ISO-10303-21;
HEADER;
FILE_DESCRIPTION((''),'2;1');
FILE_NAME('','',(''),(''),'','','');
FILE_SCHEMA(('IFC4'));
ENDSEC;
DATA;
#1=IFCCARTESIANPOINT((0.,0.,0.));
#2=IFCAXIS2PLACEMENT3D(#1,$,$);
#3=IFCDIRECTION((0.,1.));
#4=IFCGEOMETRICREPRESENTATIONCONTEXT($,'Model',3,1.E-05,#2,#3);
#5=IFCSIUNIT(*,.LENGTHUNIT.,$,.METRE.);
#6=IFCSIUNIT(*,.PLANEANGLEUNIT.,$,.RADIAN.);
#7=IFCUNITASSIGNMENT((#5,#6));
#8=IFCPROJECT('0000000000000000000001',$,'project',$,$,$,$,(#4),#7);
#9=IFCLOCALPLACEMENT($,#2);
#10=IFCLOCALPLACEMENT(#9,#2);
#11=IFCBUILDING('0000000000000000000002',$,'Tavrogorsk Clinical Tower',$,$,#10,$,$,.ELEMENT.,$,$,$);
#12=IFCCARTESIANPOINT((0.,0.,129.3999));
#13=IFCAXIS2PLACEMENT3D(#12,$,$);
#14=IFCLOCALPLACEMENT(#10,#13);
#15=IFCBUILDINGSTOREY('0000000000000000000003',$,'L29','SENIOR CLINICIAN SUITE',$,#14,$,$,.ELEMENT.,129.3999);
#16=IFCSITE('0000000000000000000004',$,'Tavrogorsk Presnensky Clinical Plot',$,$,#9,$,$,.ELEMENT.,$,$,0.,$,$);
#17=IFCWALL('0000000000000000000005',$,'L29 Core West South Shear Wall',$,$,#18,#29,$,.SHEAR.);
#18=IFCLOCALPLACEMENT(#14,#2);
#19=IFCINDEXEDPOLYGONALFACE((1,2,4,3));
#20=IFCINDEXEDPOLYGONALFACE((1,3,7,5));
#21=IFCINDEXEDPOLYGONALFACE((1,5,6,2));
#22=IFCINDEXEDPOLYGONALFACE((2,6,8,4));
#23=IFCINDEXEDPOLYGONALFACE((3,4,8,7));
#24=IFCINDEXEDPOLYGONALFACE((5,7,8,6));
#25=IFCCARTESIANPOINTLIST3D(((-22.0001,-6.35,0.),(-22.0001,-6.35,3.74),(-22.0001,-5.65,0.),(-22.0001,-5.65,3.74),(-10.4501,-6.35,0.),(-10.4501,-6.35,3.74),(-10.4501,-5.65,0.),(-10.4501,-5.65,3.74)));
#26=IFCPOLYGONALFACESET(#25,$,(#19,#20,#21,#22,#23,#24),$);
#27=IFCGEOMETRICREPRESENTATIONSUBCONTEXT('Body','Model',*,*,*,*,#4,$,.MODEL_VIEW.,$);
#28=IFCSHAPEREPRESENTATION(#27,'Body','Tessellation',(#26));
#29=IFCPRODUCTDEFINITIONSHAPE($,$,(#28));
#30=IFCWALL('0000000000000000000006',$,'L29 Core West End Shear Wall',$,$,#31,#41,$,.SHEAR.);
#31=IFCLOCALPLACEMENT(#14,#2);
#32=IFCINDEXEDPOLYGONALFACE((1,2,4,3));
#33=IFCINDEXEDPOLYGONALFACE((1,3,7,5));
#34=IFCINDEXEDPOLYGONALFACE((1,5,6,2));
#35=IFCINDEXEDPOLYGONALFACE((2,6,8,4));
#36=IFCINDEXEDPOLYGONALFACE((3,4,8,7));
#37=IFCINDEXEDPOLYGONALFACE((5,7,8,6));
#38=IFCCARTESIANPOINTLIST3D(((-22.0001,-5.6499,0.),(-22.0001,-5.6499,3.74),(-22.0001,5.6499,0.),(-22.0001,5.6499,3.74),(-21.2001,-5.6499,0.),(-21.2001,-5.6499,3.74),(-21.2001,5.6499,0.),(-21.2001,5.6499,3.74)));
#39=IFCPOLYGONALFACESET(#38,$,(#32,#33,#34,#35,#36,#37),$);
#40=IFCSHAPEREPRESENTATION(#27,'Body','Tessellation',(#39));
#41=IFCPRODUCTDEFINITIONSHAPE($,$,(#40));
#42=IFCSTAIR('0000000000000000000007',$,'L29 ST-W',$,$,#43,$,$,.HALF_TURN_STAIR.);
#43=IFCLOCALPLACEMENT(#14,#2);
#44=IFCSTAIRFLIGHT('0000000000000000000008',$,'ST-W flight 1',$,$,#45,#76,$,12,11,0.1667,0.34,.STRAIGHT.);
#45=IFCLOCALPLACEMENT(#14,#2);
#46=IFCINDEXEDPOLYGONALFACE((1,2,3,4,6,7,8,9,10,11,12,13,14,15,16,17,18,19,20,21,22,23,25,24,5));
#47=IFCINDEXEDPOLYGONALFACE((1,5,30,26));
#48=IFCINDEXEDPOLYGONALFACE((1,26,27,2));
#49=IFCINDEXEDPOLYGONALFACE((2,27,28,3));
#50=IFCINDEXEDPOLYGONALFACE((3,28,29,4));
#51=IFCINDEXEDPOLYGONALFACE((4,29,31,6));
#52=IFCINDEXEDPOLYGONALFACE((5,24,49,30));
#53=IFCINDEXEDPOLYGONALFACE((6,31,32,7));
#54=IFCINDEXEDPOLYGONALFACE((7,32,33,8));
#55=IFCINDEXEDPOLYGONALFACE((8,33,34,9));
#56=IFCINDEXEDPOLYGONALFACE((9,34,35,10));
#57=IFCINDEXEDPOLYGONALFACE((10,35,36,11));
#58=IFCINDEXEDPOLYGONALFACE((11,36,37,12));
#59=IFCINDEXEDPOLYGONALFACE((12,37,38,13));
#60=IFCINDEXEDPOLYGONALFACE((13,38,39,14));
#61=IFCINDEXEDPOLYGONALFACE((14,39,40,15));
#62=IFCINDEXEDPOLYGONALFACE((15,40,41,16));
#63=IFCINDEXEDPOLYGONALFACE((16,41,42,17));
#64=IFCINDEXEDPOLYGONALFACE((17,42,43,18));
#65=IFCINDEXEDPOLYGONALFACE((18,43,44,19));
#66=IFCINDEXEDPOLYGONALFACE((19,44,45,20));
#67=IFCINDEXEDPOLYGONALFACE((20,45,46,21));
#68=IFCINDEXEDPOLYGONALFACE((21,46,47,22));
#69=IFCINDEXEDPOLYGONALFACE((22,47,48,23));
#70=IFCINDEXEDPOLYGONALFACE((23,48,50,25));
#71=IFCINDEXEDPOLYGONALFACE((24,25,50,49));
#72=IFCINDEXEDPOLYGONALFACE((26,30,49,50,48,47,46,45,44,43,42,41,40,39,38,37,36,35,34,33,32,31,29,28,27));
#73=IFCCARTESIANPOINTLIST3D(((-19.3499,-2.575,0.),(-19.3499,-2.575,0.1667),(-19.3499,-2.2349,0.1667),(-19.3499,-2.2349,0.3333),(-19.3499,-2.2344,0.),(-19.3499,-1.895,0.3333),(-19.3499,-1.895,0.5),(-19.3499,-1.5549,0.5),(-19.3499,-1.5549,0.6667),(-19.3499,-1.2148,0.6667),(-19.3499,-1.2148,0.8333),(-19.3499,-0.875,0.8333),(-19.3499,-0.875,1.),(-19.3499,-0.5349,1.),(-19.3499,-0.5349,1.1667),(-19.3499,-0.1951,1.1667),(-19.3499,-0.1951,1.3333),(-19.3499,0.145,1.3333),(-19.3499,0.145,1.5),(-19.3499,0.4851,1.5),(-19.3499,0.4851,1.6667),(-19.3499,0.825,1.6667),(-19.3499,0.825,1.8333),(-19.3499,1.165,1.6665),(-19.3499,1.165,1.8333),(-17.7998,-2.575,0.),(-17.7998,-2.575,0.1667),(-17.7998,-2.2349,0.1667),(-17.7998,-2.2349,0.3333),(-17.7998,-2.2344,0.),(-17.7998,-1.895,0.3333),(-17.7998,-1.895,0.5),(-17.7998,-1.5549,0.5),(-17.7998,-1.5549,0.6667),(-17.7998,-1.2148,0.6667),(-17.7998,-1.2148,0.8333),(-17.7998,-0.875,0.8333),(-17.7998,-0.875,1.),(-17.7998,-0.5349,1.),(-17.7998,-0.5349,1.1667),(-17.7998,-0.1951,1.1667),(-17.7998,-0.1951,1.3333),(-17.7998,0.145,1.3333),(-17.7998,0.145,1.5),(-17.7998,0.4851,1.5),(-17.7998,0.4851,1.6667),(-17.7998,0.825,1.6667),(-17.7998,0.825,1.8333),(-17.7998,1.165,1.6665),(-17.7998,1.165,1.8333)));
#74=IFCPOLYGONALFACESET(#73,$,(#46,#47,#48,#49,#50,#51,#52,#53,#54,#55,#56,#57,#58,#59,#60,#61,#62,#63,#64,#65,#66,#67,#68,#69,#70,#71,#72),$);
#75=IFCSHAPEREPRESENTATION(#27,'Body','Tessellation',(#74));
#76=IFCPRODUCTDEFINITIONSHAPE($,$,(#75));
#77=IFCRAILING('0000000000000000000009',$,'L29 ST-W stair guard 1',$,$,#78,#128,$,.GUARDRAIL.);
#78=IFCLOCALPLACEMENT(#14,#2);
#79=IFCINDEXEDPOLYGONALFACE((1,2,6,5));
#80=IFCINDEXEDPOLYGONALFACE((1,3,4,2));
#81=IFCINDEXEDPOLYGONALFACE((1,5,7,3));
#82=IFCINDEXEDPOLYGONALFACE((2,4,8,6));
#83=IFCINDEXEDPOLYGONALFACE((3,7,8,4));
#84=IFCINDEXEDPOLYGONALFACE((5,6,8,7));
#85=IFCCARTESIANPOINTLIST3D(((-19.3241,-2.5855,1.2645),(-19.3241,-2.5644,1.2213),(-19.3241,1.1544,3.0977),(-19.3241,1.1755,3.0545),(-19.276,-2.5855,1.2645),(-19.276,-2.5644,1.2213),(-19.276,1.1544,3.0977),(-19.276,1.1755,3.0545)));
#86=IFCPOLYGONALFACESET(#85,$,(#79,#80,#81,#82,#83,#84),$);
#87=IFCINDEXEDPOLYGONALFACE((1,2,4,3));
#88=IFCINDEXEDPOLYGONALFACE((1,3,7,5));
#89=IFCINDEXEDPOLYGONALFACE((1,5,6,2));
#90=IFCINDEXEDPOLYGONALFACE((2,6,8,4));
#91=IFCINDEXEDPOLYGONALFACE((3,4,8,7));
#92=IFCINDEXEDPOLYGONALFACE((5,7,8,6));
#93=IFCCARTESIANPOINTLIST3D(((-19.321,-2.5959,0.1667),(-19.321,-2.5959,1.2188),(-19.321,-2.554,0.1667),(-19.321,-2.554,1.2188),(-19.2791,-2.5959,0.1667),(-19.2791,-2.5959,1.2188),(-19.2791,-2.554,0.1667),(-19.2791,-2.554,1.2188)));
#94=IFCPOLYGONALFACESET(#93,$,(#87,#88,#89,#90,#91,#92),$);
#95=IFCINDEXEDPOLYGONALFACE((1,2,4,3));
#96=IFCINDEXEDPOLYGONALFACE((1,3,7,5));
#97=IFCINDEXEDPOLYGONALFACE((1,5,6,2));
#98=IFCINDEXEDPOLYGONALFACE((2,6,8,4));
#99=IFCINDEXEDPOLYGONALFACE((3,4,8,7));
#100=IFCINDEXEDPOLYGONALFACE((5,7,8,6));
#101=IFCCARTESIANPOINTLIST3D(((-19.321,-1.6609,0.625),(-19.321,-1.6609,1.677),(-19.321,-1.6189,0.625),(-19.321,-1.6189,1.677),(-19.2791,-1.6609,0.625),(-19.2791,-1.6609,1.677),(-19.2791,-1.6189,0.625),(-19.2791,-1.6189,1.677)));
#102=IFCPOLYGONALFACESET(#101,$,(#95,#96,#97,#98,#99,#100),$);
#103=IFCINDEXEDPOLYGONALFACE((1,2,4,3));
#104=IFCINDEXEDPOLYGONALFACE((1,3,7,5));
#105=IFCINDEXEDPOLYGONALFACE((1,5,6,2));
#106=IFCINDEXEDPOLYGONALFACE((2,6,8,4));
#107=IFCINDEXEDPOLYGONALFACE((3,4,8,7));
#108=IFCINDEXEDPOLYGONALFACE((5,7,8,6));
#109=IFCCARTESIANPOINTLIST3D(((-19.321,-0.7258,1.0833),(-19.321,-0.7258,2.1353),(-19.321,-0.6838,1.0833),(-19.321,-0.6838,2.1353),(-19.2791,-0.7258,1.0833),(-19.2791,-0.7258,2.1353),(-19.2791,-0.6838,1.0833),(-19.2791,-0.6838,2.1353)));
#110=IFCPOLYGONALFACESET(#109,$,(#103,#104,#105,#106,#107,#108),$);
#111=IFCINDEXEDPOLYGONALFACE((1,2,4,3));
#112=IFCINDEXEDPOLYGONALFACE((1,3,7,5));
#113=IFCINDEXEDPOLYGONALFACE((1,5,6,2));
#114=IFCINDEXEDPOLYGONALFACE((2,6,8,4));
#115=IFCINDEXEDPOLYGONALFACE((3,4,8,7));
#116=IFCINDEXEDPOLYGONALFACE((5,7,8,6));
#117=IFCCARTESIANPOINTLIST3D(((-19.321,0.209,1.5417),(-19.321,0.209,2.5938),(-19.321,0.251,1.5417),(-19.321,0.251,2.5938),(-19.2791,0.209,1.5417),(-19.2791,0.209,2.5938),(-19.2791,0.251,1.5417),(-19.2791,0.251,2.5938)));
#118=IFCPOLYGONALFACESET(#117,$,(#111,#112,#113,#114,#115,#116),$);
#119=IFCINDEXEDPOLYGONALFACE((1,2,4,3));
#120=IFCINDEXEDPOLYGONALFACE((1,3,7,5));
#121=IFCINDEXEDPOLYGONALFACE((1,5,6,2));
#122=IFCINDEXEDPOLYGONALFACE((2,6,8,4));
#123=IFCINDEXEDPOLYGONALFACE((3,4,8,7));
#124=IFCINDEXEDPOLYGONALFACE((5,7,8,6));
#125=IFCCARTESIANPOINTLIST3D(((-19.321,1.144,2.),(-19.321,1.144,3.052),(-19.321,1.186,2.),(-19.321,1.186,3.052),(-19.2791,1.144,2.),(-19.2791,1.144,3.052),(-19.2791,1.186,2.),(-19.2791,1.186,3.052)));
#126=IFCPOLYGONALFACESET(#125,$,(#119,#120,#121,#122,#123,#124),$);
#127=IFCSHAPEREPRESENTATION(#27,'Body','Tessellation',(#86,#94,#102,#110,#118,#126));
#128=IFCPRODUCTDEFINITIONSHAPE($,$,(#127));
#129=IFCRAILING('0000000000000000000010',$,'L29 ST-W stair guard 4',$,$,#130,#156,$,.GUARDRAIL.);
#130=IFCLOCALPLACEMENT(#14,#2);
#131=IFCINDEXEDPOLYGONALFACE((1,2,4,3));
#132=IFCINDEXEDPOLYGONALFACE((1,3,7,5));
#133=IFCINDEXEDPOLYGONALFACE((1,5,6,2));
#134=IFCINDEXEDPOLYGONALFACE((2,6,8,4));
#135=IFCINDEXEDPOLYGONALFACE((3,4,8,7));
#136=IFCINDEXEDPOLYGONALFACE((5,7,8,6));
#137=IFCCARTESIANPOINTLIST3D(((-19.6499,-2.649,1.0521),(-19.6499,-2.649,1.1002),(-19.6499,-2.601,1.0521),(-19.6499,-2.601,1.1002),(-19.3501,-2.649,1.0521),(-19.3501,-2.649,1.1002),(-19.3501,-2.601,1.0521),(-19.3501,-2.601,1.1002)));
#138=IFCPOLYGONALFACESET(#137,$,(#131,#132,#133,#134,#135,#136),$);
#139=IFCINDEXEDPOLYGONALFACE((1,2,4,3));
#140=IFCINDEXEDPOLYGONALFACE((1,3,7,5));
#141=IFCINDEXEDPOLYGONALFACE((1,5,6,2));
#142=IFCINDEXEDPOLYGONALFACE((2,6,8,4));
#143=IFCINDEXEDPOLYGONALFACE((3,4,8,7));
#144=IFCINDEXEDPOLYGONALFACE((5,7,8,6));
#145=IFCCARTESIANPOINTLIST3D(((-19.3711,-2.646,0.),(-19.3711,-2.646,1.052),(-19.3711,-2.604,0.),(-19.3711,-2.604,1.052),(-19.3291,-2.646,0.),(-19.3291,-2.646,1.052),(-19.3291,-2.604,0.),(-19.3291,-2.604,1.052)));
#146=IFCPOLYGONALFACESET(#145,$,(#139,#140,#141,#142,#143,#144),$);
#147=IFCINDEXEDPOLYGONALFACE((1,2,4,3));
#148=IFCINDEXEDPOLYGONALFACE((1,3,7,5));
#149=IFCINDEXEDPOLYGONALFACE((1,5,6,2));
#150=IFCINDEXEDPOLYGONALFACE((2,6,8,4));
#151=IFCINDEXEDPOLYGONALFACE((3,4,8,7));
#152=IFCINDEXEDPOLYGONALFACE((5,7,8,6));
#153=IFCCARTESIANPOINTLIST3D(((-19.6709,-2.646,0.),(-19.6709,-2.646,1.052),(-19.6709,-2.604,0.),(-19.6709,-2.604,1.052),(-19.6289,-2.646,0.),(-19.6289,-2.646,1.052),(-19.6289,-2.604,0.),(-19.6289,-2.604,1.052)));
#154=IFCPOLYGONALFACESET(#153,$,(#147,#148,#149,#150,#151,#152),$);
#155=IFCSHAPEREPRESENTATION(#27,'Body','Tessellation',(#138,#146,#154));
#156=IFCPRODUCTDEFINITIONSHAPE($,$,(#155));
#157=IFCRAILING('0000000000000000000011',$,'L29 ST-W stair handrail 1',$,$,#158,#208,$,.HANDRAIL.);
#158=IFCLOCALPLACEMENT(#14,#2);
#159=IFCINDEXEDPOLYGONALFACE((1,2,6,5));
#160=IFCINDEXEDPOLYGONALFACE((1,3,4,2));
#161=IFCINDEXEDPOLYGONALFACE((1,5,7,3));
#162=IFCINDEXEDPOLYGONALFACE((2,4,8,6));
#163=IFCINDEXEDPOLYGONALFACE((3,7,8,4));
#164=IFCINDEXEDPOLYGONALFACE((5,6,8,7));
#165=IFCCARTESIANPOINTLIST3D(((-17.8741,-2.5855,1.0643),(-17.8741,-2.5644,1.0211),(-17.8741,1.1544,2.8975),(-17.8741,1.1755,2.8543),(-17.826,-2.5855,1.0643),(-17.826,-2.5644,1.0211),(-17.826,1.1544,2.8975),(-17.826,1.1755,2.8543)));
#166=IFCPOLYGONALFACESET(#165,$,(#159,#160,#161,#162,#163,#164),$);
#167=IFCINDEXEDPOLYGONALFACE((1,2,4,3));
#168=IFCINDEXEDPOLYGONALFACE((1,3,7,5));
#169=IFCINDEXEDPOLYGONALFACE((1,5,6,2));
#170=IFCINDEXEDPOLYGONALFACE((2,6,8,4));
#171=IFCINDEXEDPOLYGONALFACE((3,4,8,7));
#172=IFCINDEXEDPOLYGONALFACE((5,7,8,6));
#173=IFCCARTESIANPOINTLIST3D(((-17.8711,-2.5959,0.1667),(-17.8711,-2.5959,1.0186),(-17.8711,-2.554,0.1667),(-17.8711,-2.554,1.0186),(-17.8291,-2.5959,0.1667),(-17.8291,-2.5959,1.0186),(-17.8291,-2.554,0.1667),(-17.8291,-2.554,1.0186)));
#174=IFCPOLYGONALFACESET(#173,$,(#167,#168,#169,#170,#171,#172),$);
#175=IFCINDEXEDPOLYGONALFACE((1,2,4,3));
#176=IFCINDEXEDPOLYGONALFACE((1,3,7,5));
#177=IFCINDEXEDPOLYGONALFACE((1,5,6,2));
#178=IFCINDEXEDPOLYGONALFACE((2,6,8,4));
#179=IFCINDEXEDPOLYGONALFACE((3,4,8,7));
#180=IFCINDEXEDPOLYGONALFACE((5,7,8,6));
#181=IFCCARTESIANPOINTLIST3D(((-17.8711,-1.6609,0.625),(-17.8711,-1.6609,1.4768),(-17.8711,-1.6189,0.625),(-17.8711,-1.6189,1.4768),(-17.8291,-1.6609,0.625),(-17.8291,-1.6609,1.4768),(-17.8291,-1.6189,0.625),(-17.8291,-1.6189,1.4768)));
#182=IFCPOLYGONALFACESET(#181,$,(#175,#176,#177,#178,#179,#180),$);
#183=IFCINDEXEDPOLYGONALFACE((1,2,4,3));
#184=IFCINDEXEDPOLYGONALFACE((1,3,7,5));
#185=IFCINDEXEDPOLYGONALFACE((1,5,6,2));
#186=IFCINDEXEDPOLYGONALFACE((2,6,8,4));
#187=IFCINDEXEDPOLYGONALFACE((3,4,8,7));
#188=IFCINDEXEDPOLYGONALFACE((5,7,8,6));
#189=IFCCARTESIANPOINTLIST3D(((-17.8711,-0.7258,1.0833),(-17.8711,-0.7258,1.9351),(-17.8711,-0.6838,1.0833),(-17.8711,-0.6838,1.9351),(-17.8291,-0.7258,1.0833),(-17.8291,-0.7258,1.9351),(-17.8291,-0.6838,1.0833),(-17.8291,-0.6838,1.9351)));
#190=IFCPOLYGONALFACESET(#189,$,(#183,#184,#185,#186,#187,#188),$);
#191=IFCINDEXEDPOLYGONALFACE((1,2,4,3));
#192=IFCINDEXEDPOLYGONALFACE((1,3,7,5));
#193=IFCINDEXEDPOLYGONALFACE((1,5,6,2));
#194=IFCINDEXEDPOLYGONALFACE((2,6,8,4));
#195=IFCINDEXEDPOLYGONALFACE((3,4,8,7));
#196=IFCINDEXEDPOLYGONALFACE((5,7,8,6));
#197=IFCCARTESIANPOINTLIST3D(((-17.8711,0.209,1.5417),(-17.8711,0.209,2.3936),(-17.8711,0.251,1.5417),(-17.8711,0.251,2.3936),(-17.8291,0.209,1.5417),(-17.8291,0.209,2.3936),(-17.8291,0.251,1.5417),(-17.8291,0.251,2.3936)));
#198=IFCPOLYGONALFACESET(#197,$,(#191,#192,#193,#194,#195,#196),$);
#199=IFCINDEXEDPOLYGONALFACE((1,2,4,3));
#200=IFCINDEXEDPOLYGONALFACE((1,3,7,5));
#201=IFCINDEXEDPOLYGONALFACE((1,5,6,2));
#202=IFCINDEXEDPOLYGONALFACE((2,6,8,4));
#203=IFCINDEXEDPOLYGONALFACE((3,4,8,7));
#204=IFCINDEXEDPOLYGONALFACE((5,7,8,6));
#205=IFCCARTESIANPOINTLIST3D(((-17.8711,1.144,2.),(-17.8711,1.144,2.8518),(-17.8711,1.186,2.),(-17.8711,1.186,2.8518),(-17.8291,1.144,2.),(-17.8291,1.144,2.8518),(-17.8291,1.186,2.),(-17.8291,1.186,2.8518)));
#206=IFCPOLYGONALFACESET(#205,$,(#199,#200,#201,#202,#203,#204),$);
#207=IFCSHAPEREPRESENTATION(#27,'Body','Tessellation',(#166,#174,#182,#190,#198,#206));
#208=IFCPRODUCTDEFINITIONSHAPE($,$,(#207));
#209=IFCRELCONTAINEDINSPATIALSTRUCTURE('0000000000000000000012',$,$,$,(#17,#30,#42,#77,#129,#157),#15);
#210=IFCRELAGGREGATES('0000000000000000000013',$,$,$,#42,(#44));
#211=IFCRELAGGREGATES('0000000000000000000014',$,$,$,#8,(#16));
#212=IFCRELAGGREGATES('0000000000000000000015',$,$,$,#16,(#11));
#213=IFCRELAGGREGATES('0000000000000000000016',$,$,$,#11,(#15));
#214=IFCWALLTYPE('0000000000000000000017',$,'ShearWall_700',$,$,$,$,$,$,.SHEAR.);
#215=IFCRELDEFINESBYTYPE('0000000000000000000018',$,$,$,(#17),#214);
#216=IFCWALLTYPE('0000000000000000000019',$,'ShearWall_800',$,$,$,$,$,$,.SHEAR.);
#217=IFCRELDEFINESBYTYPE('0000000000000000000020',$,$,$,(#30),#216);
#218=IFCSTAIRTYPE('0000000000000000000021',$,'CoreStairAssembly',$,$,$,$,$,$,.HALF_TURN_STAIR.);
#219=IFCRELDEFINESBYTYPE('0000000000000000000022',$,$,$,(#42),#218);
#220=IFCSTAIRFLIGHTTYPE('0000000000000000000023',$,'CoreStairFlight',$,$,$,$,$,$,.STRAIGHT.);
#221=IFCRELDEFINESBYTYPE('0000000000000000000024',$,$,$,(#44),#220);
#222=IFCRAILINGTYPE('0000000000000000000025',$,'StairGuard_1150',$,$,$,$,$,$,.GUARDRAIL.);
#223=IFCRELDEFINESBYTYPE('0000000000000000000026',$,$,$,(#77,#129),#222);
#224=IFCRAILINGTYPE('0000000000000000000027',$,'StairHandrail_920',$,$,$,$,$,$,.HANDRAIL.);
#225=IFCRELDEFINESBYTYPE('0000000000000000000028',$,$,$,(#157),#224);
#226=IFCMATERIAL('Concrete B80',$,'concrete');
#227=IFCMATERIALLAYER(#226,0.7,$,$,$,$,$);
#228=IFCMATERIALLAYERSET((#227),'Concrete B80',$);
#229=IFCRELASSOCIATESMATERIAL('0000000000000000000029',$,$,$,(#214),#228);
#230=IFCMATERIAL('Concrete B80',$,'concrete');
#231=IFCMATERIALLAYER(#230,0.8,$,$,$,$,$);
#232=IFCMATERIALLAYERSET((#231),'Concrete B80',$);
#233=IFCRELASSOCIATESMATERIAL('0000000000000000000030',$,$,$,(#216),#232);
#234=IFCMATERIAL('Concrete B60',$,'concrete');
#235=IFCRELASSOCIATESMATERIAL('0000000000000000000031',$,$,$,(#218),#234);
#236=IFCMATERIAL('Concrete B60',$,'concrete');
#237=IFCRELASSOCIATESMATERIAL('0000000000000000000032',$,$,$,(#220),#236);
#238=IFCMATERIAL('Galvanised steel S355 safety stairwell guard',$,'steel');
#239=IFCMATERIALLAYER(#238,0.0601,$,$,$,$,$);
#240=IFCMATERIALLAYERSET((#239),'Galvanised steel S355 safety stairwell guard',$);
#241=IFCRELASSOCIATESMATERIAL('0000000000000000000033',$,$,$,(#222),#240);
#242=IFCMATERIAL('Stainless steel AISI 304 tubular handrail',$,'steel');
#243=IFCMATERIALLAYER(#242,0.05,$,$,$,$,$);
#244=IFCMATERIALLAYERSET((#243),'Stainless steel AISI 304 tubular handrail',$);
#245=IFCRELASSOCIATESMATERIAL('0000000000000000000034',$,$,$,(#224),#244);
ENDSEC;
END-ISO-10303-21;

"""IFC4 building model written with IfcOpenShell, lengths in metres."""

from ifc_helpers import new_model, si_unit, direction, frame, frame_2d, origin, origin_2d, place, context, subcontext, project, spatial, polyline, rectangle, outline, extrude, material, layer, layer_set, type_object, element, aggregate, save


model = new_model("IFC4")

# Units and contexts
model_context = context("Model", 3, precision=1e-05, world=origin(), true_north=direction((0.0, 1.0)))
body_context = subcontext(model_context, "Body", "Model", "MODEL_VIEW")
ifc_project = project(units=[si_unit("LENGTHUNIT", "METRE"), si_unit("PLANEANGLEUNIT", "RADIAN")], contexts=[model_context])

# Site, building, storey
site_placement = place(None, origin())
site = spatial("IfcSite", under=ifc_project, at=site_placement, Name="Tavrogorsk Presnensky Clinical Plot", CompositionType="ELEMENT", RefElevation=0.0)
building_placement = place(site_placement, origin())
building = spatial("IfcBuilding", under=site, at=building_placement, Name="Tavrogorsk Clinical Tower", CompositionType="ELEMENT")
storey_placement = place(building_placement, frame((0.0, 0.0, 129.3999)))
storey = spatial("IfcBuildingStorey", under=building, at=storey_placement, Name="L29", Description="SENIOR CLINICIAN SUITE", CompositionType="ELEMENT", Elevation=129.3999)

# Walls
ifc_material_1 = material(Name="Concrete B80", Category="concrete")
ifc_layer_1 = layer(ifc_material_1, 0.7)
ifc_layer_set_1 = layer_set([ifc_layer_1], Name="Concrete B80")
wall_type_1 = type_object("IfcWallType", Name="ShearWall_700", PredefinedType="SHEAR", material=ifc_layer_set_1)
wall_1_placement = place(storey_placement, frame((-22.0, -6.0, 0.0), z_axis=(0.0, 0.0, 1.0), x_axis=(1.0, 0.0, 0.0)))
element("IfcWall", 1, at=wall_1_placement, inside=storey, type_object=wall_type_1, Name="L29 Core West South Shear Wall", PredefinedType="SHEAR", context=body_context, shape_type="SweptSolid", body=[
    extrude(rectangle(XDim=11.55, YDim=0.7, at=frame_2d((5.7749, 0.0))), origin(), (0.0, 0.0, 1.0), 3.74),
])
ifc_material_2 = material(Name="Concrete B80", Category="concrete")
ifc_layer_2 = layer(ifc_material_2, 0.8)
ifc_layer_set_2 = layer_set([ifc_layer_2], Name="Concrete B80")
wall_type_2 = type_object("IfcWallType", Name="ShearWall_800", PredefinedType="SHEAR", material=ifc_layer_set_2)
wall_2_placement = place(storey_placement, frame((-21.6001, -5.6499, 0.0), z_axis=(0.0, 0.0, 1.0), x_axis=(0.0, 1.0, 0.0)))
element("IfcWall", 2, at=wall_2_placement, inside=storey, type_object=wall_type_2, Name="L29 Core West End Shear Wall", PredefinedType="SHEAR", context=body_context, shape_type="SweptSolid", body=[
    extrude(rectangle(XDim=11.2998, YDim=0.8, at=frame_2d((5.6499, 0.0))), origin(), (0.0, 0.0, 1.0), 3.74),
])

# Stair, stair flight
ifc_material_3 = material(Name="Concrete B60", Category="concrete")
stair_type = type_object("IfcStairType", Name="CoreStairAssembly", PredefinedType="HALF_TURN_STAIR", material=ifc_material_3)
stair_placement = place(storey_placement, origin())
stair = element("IfcStair", 3, at=stair_placement, inside=storey, type_object=stair_type, Name="L29 ST-W", PredefinedType="HALF_TURN_STAIR")
ifc_material_4 = material(Name="Concrete B60", Category="concrete")
stair_flight_type = type_object("IfcStairFlightType", Name="CoreStairFlight", PredefinedType="STRAIGHT", material=ifc_material_4)
stair_flight_placement = place(storey_placement, frame((-18.575, -2.575, 0.0), z_axis=(0.0, 0.0, 1.0), x_axis=(0.0, 1.0, 0.0)))
stair_flight = element("IfcStairFlight", 4, at=stair_flight_placement, type_object=stair_flight_type, Name="ST-W flight 1", NumberOfRisers=12, NumberOfTreads=11, PredefinedType="STRAIGHT", RiserHeight=0.1667, TreadLength=0.34, context=body_context, shape_type="SweptSolid", body=[
    extrude(outline(polyline([(0.0, 0.0), (0.0, 0.1667), (0.3401, 0.1667), (0.3401, 0.3333), (0.6799, 0.3333), (0.6799, 0.5), (1.02, 0.5), (1.02, 0.6667), (1.3601, 0.6667), (1.3601, 0.8333), (1.7, 0.8333), (1.7, 1.0), (2.04, 1.0), (2.04, 1.1667), (2.3799, 1.1667), (2.3799, 1.3333), (2.72, 1.3333), (2.72, 1.5), (3.0601, 1.5), (3.0601, 1.6667), (3.3999, 1.6667), (3.3999, 1.8333), (3.74, 1.8333), (3.74, 2.0), (3.74, 1.6665), (0.3406, 0.0), (0.0, 0.0)])), frame((0.0, 0.7749, 0.0), z_axis=(0.0, -1.0, 0.0), x_axis=(1.0, 0.0, 0.0)), (0.0, 0.0, 1.0), 1.55),
])
aggregate(stair, [stair_flight])

# Railings
ifc_material_5 = material(Name="Galvanised steel S355 safety stairwell guard", Category="steel")
ifc_layer_3 = layer(ifc_material_5, 0.0601)
ifc_layer_set_3 = layer_set([ifc_layer_3], Name="Galvanised steel S355 safety stairwell guard")
railing_type_1 = type_object("IfcRailingType", Name="StairGuard_1150", PredefinedType="GUARDRAIL", material=ifc_layer_set_3)
railing_1_placement = place(storey_placement, frame((-19.3, -2.575, 0.1667)))
element("IfcRailing", 5, at=railing_1_placement, inside=storey, type_object=railing_type_1, Name="L29 ST-W stair guard 1", PredefinedType="GUARDRAIL", context=body_context, shape_type="SweptSolid", body=[
    extrude(rectangle(XDim=0.0481, YDim=0.0481, at=origin_2d()), frame((0.0, 0.0, 1.0762), z_axis=(0.0, 0.897928, 0.440142), x_axis=(-1.0, 0.0, 0.0)), (0.0, 0.0, 1.0), 4.165),
    extrude(rectangle(XDim=0.042, YDim=0.042, at=origin_2d()), origin(), (0.0, 0.0, 1.0), 1.052),
    extrude(rectangle(XDim=0.042, YDim=0.042, at=origin_2d()), frame((0.0, 0.9351, 0.4583)), (0.0, 0.0, 1.0), 1.052),
    extrude(rectangle(XDim=0.042, YDim=0.042, at=origin_2d()), frame((0.0, 1.8701, 0.9165)), (0.0, 0.0, 1.0), 1.052),
    extrude(rectangle(XDim=0.042, YDim=0.042, at=origin_2d()), frame((0.0, 2.8049, 1.375)), (0.0, 0.0, 1.0), 1.052),
    extrude(rectangle(XDim=0.042, YDim=0.042, at=origin_2d()), frame((0.0, 3.74, 1.8333)), (0.0, 0.0, 1.0), 1.052),
])
railing_2_placement = place(storey_placement, frame((-19.3501, -2.625, 0.0)))
element("IfcRailing", 6, at=railing_2_placement, inside=storey, type_object=railing_type_1, Name="L29 ST-W stair guard 4", PredefinedType="GUARDRAIL", context=body_context, shape_type="SweptSolid", body=[
    extrude(rectangle(XDim=0.0481, YDim=0.0481, at=origin_2d()), frame((0.0, 0.0, 1.0762), z_axis=(-1.0, 0.0, 0.0), x_axis=(0.0, -1.0, 0.0)), (0.0, 0.0, 1.0), 0.2998),
    extrude(rectangle(XDim=0.042, YDim=0.042, at=origin_2d()), origin(), (0.0, 0.0, 1.0), 1.052),
    extrude(rectangle(XDim=0.042, YDim=0.042, at=origin_2d()), frame((-0.2998, 0.0, 0.0)), (0.0, 0.0, 1.0), 1.052),
])
ifc_material_6 = material(Name="Stainless steel AISI 304 tubular handrail", Category="steel")
ifc_layer_4 = layer(ifc_material_6, 0.05)
ifc_layer_set_4 = layer_set([ifc_layer_4], Name="Stainless steel AISI 304 tubular handrail")
railing_type_2 = type_object("IfcRailingType", Name="StairHandrail_920", PredefinedType="HANDRAIL", material=ifc_layer_set_4)
railing_3_placement = place(storey_placement, frame((-17.8501, -2.575, 0.1667)))
element("IfcRailing", 7, at=railing_3_placement, inside=storey, type_object=railing_type_2, Name="L29 ST-W stair handrail 1", PredefinedType="HANDRAIL", context=body_context, shape_type="SweptSolid", body=[
    extrude(rectangle(XDim=0.0481, YDim=0.0481, at=origin_2d()), frame((0.0, 0.0, 0.876), z_axis=(0.0, 0.897928, 0.440142), x_axis=(-1.0, 0.0, 0.0)), (0.0, 0.0, 1.0), 4.165),
    extrude(rectangle(XDim=0.042, YDim=0.042, at=origin_2d()), origin(), (0.0, 0.0, 1.0), 0.8518),
    extrude(rectangle(XDim=0.042, YDim=0.042, at=origin_2d()), frame((0.0, 0.9351, 0.4583)), (0.0, 0.0, 1.0), 0.8518),
    extrude(rectangle(XDim=0.042, YDim=0.042, at=origin_2d()), frame((0.0, 1.8701, 0.9165)), (0.0, 0.0, 1.0), 0.8518),
    extrude(rectangle(XDim=0.042, YDim=0.042, at=origin_2d()), frame((0.0, 2.8049, 1.375)), (0.0, 0.0, 1.0), 0.8518),
    extrude(rectangle(XDim=0.042, YDim=0.042, at=origin_2d()), frame((0.0, 3.74, 1.8333)), (0.0, 0.0, 1.0), 0.8518),
])

save(model, "model.ifc")
